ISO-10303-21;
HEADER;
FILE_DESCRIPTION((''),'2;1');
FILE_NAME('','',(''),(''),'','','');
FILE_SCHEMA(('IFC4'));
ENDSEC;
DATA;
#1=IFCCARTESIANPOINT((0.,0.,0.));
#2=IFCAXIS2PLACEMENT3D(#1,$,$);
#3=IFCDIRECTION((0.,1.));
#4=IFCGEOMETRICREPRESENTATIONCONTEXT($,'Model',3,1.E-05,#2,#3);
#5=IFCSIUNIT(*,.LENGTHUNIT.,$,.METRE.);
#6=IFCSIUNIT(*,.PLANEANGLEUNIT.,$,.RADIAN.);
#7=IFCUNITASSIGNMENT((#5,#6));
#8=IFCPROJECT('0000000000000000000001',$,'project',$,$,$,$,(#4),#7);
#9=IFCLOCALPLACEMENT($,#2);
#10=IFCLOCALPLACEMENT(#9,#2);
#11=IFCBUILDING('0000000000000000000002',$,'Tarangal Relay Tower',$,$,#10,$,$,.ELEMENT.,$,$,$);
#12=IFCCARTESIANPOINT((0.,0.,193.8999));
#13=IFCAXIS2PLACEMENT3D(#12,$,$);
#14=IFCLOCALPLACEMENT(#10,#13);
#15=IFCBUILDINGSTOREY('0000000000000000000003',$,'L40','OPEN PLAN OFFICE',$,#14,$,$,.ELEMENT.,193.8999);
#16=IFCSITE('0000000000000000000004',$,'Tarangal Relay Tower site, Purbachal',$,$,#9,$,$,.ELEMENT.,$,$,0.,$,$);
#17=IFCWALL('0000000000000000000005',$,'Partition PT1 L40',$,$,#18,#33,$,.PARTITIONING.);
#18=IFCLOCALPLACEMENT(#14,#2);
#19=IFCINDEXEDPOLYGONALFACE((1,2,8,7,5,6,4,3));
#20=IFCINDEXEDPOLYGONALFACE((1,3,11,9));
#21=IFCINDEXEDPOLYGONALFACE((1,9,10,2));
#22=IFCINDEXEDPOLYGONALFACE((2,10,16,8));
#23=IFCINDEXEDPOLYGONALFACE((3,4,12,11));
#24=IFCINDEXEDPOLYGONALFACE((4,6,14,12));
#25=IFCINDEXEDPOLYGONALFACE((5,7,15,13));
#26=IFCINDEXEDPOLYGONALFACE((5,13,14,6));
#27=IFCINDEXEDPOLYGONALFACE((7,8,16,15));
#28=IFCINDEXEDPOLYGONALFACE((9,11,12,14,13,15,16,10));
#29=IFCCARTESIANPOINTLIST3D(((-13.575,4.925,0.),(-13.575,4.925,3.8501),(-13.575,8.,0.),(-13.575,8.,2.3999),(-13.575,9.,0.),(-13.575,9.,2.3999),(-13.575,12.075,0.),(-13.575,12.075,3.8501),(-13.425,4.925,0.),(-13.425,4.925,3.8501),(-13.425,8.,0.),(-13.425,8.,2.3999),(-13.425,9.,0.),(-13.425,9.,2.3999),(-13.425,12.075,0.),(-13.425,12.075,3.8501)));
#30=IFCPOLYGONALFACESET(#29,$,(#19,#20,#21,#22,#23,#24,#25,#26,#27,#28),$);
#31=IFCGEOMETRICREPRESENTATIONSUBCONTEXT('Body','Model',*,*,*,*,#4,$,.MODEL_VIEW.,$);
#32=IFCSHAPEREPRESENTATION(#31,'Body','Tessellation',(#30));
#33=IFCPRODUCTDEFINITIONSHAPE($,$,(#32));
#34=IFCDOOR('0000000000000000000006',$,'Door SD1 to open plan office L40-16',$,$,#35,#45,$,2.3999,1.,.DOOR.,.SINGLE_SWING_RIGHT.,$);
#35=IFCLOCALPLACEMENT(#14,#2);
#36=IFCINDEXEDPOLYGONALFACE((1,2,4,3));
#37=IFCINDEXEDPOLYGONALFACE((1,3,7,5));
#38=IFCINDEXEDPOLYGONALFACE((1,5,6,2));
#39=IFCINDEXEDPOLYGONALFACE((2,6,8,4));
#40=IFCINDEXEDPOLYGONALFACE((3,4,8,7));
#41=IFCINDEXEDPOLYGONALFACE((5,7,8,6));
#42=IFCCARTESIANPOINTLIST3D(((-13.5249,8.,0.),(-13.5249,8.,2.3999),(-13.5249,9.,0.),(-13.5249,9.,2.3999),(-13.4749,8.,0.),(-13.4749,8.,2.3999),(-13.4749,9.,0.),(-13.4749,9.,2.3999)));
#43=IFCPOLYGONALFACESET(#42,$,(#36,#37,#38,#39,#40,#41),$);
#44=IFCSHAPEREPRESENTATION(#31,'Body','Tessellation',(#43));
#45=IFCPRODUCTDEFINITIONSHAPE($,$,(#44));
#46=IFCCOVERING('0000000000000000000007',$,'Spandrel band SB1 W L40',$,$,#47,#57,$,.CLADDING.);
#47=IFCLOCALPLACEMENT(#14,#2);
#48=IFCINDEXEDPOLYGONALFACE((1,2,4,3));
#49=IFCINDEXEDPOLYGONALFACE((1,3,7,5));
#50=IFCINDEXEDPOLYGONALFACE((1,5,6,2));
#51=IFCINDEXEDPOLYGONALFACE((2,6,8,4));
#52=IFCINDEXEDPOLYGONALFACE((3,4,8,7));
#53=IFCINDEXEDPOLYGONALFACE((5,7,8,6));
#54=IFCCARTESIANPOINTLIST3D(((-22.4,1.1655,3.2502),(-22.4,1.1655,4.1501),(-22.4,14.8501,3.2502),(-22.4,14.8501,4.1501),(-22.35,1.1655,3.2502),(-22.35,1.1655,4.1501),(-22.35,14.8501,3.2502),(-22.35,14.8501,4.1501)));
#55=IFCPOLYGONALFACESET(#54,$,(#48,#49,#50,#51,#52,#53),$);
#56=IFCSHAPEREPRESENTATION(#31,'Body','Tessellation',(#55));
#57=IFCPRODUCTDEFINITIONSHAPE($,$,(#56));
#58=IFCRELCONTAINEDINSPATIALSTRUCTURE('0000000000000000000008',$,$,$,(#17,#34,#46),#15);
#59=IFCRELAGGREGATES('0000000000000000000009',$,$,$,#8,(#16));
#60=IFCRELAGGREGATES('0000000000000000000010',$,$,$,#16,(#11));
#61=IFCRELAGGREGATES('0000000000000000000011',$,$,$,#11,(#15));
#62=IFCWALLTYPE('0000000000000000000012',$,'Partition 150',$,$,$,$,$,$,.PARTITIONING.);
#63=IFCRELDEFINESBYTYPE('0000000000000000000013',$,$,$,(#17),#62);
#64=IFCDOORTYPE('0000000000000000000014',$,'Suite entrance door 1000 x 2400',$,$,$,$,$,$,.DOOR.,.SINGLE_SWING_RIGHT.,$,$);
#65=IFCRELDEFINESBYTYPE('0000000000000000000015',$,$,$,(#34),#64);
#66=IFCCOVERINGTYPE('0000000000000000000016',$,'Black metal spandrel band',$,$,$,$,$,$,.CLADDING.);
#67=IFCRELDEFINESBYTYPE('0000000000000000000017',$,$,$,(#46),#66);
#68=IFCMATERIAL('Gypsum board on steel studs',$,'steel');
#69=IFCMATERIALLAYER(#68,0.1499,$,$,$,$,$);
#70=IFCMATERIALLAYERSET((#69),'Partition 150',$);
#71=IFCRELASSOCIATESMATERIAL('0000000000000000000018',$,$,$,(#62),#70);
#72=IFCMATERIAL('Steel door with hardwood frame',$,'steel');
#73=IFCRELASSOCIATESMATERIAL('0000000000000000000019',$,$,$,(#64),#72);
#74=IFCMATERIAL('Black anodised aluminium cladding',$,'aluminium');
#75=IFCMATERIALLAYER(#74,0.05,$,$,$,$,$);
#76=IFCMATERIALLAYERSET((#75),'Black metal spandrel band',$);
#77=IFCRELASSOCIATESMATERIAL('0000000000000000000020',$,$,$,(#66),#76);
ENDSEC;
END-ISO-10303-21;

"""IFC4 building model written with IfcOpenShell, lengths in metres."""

from ifc_helpers import new_model, si_unit, direction, frame, frame_2d, origin, origin_2d, place, context, subcontext, project, spatial, rectangle, extrude, material, layer, layer_set, type_object, element, fill, save


model = new_model("IFC4")

# Units and contexts
model_context = context("Model", 3, precision=1e-05, world=origin(), true_north=direction((0.0, 1.0)))
body_context = subcontext(model_context, "Body", "Model", "MODEL_VIEW")
ifc_project = project(units=[si_unit("LENGTHUNIT", "METRE"), si_unit("PLANEANGLEUNIT", "RADIAN")], contexts=[model_context])

# Site, building, storey
site_placement = place(None, origin())
site = spatial("IfcSite", under=ifc_project, at=site_placement, Name="Tarangal Relay Tower site, Purbachal", CompositionType="ELEMENT", RefElevation=0.0)
building_placement = place(site_placement, origin())
building = spatial("IfcBuilding", under=site, at=building_placement, Name="Tarangal Relay Tower", CompositionType="ELEMENT")
storey_placement = place(building_placement, frame((0.0, 0.0, 193.8999)))
storey = spatial("IfcBuildingStorey", under=building, at=storey_placement, Name="L40", Description="OPEN PLAN OFFICE", CompositionType="ELEMENT", Elevation=193.8999)

# Shared definitions
ifc_material_1 = material(Name="Steel door with hardwood frame", Category="steel")

# Shared definitions
ifc_material_2 = material(Name="Gypsum board on steel studs", Category="steel")
ifc_layer_1 = layer(ifc_material_2, 0.1499)
ifc_layer_set_1 = layer_set([ifc_layer_1], Name="Partition 150")
wall_type_1 = type_object("IfcWallType", Name="Partition 150", PredefinedType="PARTITIONING", material=ifc_layer_set_1)

# Wall, opening, door
wall_1_placement = place(storey_placement, frame((-13.5, 4.925, 0.0), z_axis=(0.0, 0.0, 1.0), x_axis=(0.0, 1.0, 0.0)))
wall_1 = element("IfcWall", 1, at=wall_1_placement, inside=storey, type_object=wall_type_1, Name="Partition PT1 L40", PredefinedType="PARTITIONING", context=body_context, shape_type="SweptSolid", body=[
    extrude(rectangle(XDim=7.1499, YDim=0.1499, at=frame_2d((3.575, 0.0))), origin(), (0.0, 0.0, 1.0), 3.8501),
])
opening_1_placement = place(wall_1_placement, frame((3.075, 0.0, 0.0)))
opening_1 = element("IfcOpeningElement", 2, at=opening_1_placement, cuts=wall_1, PredefinedType="OPENING", context=body_context, shape_type="SweptSolid", body=[
    extrude(rectangle(XDim=1.0, YDim=2.3999, at=frame_2d((0.5, 1.2))), frame((0.0, 0.085, 0.0), z_axis=(0.0, -1.0, 0.0), x_axis=(1.0, 0.0, 0.0)), (0.0, 0.0, 1.0), 0.1699),
])
door_type_1 = type_object("IfcDoorType", Name="Suite entrance door 1000 x 2400", OperationType="SINGLE_SWING_RIGHT", PredefinedType="DOOR", material=ifc_material_1)
door_1_placement = place(opening_1_placement, origin())
door_1 = element("IfcDoor", 3, at=door_1_placement, inside=storey, type_object=door_type_1, Name="Door SD1 to open plan office L40-16", OperationType="SINGLE_SWING_RIGHT", OverallHeight=2.3999, OverallWidth=1.0, PredefinedType="DOOR", context=body_context, shape_type="SweptSolid", body=[
    extrude(rectangle(XDim=1.0, YDim=2.3999, at=frame_2d((0.5, 1.2))), frame((0.0, 0.0249, 0.0), z_axis=(0.0, -1.0, 0.0), x_axis=(1.0, 0.0, 0.0)), (0.0, 0.0, 1.0), 0.05),
])
fill(opening_1, door_1)

# Covering
ifc_material_3 = material(Name="Black anodised aluminium cladding", Category="aluminium")
ifc_layer_2 = layer(ifc_material_3, 0.05)
ifc_layer_set_2 = layer_set([ifc_layer_2], Name="Black metal spandrel band")
covering_type = type_object("IfcCoveringType", Name="Black metal spandrel band", PredefinedType="CLADDING", material=ifc_layer_set_2)
covering_placement = place(storey_placement, frame((-22.375, 8.0078, 3.2502), z_axis=(0.0, 0.0, 1.0), x_axis=(0.0, 1.0, 0.0)))
element("IfcCovering", 4, at=covering_placement, inside=storey, type_object=covering_type, Name="Spandrel band SB1 W L40", PredefinedType="CLADDING", context=body_context, shape_type="SweptSolid", body=[
    extrude(rectangle(XDim=13.6846, YDim=0.05, at=origin_2d()), origin(), (0.0, 0.0, 1.0), 0.8999),
])

save(model, "model.ifc")
